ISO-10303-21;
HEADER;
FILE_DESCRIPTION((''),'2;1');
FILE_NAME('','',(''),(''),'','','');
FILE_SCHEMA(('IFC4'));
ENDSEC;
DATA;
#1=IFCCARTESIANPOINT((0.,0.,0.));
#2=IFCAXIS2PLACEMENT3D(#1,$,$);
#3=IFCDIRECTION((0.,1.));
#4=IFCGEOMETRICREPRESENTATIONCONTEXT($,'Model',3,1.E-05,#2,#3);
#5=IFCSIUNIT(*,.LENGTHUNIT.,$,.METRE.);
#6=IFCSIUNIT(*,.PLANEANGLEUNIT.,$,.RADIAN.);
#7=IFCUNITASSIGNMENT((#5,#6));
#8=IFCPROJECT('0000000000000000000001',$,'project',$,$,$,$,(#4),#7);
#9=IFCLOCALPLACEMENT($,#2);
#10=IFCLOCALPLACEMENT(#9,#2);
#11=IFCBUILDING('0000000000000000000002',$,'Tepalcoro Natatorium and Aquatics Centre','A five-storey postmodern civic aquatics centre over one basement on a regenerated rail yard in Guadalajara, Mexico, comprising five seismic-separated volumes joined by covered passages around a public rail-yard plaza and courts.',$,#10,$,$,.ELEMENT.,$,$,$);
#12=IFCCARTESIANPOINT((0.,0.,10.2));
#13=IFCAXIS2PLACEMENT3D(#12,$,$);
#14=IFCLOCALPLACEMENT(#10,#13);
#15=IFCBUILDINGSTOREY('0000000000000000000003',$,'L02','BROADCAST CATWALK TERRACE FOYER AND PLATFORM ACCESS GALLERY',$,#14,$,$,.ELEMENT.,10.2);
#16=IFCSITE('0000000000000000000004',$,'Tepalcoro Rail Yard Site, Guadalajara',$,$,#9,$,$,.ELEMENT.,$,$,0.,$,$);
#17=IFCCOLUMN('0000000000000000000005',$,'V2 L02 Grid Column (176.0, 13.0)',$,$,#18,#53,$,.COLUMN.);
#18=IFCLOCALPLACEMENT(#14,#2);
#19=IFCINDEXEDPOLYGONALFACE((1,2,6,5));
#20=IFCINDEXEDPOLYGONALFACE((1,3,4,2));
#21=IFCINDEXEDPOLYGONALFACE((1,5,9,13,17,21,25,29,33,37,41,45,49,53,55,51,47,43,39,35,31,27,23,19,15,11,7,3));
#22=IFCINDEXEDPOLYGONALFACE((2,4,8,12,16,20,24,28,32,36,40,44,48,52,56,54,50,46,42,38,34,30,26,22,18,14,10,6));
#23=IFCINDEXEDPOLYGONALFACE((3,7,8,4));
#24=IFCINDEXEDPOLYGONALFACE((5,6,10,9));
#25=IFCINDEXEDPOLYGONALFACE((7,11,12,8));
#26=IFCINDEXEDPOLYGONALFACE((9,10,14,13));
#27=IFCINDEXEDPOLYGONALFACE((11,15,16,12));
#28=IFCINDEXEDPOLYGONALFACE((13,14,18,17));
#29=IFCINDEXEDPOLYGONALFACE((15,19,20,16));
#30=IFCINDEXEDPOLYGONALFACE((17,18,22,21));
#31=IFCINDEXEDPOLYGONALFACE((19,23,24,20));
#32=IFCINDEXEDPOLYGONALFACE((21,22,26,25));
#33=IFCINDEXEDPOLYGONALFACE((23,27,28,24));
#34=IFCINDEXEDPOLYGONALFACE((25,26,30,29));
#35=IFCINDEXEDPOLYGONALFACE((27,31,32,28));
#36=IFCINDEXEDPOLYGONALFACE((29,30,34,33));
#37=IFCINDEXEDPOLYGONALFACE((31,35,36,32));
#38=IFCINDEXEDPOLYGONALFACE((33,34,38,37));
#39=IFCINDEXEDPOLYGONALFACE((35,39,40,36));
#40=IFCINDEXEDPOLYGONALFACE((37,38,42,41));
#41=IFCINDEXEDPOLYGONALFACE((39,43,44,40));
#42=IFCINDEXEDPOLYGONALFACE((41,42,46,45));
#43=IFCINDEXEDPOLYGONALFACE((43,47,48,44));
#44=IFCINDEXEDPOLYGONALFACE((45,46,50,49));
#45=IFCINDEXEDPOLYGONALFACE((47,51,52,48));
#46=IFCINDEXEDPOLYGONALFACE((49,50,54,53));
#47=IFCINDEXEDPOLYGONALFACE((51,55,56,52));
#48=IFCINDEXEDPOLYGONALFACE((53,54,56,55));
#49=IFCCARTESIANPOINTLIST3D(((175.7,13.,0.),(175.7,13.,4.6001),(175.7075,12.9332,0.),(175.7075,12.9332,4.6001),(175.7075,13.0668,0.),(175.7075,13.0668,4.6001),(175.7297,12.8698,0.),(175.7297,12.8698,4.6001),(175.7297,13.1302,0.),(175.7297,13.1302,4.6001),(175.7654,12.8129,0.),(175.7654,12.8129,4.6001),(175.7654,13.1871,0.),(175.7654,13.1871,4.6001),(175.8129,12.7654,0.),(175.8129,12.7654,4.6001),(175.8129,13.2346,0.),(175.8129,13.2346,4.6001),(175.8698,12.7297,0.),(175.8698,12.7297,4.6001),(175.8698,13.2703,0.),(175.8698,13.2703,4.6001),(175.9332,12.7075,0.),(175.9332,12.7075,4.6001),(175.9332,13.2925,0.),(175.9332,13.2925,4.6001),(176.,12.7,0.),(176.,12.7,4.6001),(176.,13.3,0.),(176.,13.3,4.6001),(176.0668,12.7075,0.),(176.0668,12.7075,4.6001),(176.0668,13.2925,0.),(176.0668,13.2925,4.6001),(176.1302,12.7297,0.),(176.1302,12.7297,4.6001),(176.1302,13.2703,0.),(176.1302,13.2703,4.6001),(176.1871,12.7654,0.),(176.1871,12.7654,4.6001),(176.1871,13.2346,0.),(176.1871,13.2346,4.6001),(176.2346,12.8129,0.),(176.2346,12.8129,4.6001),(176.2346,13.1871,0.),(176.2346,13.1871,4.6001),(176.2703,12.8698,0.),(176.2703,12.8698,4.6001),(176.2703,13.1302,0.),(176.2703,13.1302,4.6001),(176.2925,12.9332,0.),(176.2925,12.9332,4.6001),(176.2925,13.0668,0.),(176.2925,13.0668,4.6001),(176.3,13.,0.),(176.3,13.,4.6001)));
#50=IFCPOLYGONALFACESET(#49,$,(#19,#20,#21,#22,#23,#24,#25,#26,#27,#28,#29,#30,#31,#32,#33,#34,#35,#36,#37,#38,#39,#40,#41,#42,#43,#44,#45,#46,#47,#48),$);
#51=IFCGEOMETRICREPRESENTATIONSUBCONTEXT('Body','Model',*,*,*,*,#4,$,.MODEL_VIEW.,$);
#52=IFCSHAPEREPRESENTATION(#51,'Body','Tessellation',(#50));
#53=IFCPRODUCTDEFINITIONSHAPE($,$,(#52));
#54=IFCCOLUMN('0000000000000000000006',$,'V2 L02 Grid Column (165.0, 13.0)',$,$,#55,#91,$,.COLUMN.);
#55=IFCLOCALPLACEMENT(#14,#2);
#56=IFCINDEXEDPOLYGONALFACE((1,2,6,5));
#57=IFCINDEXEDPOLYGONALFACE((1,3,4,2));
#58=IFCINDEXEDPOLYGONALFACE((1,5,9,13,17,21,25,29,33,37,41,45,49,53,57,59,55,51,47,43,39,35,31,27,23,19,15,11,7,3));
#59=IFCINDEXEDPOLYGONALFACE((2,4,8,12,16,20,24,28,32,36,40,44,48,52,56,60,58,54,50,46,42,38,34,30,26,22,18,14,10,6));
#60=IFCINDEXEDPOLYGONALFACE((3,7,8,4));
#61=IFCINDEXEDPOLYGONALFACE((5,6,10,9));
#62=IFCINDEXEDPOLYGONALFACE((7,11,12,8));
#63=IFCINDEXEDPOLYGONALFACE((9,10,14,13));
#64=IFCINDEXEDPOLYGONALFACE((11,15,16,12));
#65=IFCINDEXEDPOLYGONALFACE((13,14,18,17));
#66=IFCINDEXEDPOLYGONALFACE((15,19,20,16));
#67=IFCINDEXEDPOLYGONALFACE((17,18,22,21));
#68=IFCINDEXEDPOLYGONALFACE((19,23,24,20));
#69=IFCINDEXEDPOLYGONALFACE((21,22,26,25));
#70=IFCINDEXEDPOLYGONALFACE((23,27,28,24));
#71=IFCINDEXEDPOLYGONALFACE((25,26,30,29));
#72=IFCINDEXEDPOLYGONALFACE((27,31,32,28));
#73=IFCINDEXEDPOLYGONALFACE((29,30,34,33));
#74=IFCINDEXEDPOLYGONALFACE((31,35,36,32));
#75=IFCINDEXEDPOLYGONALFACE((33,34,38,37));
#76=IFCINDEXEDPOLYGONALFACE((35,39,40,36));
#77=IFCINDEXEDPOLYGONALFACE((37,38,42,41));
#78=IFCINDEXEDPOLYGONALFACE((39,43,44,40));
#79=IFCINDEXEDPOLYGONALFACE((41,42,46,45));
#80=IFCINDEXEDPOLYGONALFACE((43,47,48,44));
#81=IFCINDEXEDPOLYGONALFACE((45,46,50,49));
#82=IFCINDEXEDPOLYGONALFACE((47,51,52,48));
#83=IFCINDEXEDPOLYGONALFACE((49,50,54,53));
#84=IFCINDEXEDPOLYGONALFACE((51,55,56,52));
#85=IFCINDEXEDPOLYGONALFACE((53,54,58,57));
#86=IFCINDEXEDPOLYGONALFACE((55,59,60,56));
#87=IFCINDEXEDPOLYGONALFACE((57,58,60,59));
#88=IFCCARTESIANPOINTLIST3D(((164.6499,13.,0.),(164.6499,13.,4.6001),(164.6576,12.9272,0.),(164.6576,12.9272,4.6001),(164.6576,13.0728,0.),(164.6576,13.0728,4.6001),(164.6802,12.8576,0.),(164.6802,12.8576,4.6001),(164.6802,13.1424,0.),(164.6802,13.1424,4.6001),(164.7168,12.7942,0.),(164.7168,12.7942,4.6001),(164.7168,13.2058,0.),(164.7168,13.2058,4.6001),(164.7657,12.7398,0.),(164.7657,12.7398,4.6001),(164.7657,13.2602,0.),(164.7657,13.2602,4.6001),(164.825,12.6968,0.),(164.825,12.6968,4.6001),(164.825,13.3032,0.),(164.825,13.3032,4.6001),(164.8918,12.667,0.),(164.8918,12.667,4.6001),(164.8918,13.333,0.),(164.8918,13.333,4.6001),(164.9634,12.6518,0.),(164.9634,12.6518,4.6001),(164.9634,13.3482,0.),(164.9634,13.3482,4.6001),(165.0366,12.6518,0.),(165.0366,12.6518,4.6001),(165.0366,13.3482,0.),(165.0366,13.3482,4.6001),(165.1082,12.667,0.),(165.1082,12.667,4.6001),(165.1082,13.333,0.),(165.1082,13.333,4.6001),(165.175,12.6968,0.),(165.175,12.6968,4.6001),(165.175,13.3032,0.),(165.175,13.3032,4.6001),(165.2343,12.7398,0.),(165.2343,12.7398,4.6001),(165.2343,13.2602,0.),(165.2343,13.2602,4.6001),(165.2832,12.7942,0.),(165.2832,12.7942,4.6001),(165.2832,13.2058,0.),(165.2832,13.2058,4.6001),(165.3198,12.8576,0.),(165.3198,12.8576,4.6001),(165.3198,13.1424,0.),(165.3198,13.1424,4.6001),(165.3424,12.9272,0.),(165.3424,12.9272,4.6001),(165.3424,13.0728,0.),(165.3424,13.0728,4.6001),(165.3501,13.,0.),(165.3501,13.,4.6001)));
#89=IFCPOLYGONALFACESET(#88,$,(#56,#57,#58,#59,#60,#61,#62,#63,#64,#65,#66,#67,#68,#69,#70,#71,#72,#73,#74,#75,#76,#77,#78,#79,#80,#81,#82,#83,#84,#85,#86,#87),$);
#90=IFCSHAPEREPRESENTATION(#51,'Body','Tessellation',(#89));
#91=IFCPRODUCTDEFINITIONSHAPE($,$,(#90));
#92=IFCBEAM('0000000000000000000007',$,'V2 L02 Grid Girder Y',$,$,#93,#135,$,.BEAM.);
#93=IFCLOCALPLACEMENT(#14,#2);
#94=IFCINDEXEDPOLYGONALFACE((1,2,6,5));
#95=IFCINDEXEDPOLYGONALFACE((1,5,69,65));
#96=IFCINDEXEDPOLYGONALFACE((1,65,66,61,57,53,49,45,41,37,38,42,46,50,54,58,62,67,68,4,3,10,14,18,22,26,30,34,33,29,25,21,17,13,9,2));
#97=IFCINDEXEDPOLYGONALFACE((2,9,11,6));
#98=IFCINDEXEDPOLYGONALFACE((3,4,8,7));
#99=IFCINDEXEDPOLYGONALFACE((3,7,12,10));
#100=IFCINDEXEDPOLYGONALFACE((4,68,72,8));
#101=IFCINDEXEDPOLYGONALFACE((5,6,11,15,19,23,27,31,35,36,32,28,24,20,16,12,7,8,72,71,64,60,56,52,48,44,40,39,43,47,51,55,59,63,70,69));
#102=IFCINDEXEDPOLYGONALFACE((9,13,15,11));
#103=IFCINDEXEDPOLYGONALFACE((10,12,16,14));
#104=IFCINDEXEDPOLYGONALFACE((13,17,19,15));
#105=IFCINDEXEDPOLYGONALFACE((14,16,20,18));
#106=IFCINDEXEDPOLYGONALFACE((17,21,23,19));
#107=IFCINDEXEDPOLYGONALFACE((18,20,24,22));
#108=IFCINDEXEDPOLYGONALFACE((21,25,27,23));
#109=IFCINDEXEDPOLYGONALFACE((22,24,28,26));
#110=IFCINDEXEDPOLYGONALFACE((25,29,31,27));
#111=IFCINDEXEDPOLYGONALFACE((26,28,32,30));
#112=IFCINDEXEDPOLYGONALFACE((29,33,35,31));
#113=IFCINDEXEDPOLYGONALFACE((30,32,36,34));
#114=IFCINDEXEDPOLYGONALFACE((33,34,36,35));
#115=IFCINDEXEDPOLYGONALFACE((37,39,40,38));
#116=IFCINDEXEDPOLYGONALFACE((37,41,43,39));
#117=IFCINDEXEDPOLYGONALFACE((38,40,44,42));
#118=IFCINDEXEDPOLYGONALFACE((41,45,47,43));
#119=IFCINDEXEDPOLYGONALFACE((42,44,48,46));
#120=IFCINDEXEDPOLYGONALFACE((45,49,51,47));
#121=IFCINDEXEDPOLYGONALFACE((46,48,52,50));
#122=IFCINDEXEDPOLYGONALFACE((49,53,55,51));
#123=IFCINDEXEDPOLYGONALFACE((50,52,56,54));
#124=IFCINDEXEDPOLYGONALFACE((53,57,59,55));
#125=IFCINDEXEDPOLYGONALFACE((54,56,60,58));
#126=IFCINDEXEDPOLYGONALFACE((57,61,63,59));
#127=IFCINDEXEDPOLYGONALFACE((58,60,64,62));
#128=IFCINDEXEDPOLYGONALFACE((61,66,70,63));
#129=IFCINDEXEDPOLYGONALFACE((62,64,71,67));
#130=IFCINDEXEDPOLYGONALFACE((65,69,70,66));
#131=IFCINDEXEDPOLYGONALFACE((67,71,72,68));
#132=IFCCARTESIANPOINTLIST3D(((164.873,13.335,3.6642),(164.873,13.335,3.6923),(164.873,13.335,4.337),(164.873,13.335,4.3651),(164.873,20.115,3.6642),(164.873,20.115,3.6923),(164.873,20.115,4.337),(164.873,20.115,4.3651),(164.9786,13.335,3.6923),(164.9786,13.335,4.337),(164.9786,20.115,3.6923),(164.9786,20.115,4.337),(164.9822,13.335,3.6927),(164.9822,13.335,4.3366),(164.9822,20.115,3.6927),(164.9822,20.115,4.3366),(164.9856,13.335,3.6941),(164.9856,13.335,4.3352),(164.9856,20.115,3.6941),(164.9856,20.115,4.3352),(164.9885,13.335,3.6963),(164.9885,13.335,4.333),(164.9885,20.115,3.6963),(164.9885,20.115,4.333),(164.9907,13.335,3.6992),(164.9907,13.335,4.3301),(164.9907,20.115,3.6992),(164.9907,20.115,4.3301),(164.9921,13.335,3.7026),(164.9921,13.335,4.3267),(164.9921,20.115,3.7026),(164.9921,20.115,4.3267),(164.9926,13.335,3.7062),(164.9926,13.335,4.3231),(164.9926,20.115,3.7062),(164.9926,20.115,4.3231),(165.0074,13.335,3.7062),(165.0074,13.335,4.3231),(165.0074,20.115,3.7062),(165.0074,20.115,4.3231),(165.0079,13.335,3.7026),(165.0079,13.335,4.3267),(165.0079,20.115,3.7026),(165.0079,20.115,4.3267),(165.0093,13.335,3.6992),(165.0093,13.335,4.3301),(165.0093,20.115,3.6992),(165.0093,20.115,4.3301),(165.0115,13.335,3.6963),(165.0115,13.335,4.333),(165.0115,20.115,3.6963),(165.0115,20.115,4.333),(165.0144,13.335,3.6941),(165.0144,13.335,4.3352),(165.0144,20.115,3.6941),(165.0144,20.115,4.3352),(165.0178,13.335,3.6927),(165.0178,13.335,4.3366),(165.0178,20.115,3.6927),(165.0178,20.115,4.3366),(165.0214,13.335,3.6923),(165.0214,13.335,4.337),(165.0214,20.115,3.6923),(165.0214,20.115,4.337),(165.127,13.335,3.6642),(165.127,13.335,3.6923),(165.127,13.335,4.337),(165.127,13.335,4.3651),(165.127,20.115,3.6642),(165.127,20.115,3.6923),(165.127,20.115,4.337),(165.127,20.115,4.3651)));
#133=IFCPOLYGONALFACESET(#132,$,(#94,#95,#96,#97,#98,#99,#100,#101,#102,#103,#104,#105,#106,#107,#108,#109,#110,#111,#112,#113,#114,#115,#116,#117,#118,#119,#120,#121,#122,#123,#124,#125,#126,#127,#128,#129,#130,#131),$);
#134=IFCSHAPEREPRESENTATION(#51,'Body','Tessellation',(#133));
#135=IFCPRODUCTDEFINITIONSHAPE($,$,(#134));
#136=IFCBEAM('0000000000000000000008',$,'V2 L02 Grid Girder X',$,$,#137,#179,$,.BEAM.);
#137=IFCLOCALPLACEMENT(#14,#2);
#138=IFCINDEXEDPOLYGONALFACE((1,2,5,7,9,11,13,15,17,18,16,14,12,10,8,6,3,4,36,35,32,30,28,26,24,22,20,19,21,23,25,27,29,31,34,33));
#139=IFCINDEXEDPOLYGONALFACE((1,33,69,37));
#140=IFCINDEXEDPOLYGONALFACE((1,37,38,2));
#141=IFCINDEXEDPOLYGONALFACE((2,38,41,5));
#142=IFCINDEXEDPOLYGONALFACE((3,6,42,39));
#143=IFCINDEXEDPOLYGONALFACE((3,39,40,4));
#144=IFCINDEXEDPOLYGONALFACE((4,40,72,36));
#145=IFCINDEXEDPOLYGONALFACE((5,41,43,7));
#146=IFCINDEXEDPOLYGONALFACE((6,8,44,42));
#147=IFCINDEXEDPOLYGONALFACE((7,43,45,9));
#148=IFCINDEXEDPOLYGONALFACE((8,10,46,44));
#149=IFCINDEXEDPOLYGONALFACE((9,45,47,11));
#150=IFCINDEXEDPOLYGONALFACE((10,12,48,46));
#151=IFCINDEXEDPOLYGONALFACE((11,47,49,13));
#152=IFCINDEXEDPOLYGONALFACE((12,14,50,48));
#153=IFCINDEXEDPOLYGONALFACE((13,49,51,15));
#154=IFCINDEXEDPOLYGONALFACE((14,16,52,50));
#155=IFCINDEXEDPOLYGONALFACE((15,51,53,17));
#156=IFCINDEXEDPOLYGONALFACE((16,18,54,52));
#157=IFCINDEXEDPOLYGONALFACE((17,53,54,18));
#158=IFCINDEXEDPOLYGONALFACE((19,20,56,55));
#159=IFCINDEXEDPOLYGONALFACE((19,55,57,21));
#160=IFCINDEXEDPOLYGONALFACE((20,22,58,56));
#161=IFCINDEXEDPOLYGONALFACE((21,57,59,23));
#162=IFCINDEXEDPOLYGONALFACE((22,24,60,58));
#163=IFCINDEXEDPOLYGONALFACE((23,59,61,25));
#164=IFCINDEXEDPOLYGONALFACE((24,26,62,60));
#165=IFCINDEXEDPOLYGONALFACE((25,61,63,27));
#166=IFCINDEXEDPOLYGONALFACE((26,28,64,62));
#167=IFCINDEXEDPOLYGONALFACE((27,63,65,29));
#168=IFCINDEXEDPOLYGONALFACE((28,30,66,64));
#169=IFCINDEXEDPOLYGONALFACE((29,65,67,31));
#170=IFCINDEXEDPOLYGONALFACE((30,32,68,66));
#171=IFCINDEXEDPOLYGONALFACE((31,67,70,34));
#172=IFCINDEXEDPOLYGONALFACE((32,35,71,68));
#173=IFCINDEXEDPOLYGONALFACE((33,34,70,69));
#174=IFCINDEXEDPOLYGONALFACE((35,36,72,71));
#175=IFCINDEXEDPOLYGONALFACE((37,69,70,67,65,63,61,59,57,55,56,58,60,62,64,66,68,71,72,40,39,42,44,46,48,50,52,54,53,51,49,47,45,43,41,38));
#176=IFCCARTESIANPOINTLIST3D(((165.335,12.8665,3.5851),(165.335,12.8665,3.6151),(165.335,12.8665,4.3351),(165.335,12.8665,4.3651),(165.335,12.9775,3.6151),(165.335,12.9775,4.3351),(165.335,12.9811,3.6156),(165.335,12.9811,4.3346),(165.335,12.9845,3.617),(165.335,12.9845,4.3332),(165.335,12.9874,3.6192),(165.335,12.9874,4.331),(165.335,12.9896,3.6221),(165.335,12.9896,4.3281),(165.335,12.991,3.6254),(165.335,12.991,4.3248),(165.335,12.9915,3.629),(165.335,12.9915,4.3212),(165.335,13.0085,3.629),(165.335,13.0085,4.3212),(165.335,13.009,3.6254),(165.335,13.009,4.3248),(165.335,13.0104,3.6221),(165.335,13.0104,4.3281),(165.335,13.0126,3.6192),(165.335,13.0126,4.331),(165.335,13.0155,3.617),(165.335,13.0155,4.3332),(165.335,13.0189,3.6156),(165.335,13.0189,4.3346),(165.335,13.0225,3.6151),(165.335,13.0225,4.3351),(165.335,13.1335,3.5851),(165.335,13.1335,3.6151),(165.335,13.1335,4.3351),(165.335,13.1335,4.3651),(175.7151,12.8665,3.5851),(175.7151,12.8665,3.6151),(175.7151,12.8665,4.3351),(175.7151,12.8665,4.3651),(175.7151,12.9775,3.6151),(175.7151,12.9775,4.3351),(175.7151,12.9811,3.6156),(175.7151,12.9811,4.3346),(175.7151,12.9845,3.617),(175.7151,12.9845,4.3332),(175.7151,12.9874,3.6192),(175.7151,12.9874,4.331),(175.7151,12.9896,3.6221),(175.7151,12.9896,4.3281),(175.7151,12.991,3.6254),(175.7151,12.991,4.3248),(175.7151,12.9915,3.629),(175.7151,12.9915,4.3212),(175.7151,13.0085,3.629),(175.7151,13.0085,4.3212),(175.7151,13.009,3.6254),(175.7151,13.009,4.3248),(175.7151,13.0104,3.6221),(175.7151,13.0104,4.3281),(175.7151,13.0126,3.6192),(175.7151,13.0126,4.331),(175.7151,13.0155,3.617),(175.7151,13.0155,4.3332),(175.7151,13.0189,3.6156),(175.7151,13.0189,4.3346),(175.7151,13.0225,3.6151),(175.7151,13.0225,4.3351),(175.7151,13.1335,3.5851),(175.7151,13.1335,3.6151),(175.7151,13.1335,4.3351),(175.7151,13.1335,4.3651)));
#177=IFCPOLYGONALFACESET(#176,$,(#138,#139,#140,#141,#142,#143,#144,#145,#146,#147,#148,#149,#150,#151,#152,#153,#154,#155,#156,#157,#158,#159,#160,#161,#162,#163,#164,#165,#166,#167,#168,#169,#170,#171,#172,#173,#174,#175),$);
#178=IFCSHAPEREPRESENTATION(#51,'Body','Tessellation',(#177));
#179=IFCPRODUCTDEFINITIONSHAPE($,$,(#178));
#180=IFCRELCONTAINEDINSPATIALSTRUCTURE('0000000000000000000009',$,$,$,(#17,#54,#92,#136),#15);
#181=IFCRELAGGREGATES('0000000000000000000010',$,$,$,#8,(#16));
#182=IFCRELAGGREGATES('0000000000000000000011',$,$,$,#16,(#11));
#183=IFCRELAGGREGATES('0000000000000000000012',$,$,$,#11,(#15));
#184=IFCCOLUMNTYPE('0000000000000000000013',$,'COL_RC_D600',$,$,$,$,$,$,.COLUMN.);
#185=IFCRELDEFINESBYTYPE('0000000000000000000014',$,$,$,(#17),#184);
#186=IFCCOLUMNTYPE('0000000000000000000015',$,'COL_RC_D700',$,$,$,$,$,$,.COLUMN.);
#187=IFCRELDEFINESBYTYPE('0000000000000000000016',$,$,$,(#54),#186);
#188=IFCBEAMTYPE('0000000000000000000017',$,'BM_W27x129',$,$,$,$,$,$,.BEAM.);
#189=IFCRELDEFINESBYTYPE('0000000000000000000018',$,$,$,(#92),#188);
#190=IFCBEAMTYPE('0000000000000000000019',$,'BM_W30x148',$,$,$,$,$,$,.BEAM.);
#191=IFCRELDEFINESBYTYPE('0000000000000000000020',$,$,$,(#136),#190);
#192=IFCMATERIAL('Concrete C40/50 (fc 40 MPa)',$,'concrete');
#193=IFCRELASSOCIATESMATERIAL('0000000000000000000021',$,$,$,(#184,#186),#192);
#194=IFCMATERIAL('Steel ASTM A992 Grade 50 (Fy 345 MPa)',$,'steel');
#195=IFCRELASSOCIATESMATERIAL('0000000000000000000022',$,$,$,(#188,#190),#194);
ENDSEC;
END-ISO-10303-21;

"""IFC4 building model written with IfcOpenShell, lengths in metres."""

from ifc_helpers import new_model, si_unit, direction, frame, origin, origin_2d, place, context, subcontext, project, spatial, circle, i_section, extrude, material, material_profile, profile_set, type_object, element, save


model = new_model("IFC4")

# Units and contexts
model_context = context("Model", 3, precision=1e-05, world=origin(), true_north=direction((0.0, 1.0)))
body_context = subcontext(model_context, "Body", "Model", "MODEL_VIEW")
ifc_project = project(units=[si_unit("LENGTHUNIT", "METRE"), si_unit("PLANEANGLEUNIT", "RADIAN")], contexts=[model_context])

# Site, building, storey
site_placement = place(None, origin())
site = spatial("IfcSite", under=ifc_project, at=site_placement, Name="Tepalcoro Rail Yard Site, Guadalajara", CompositionType="ELEMENT", RefElevation=0.0)
building_placement = place(site_placement, origin())
building = spatial("IfcBuilding", under=site, at=building_placement, Name="Tepalcoro Natatorium and Aquatics Centre", Description="A five-storey postmodern civic aquatics centre over one basement on a regenerated rail yard in Guadalajara, Mexico, comprising five seismic-separated volumes joined by covered passages around a public rail-yard plaza and courts.", CompositionType="ELEMENT")
storey_placement = place(building_placement, frame((0.0, 0.0, 10.2)))
storey = spatial("IfcBuildingStorey", under=building, at=storey_placement, Name="L02", Description="BROADCAST CATWALK TERRACE FOYER AND PLATFORM ACCESS GALLERY", CompositionType="ELEMENT", Elevation=10.2)

# Columns
ifc_material_1 = material(Name="Concrete C40/50 (fc 40 MPa)", Category="concrete")
ifc_material_profile_1 = material_profile(ifc_material_1, circle(Radius=0.3, at=origin_2d()), Name="RCD600")
ifc_profile_set_1 = profile_set([ifc_material_profile_1], Name="Concrete C40/50 (fc 40 MPa)")
column_type_1 = type_object("IfcColumnType", Name="COL_RC_D600", PredefinedType="COLUMN", material=ifc_profile_set_1)
column_1_placement = place(storey_placement, frame((176.0, 13.0, 0.0), z_axis=(0.0, 0.0, 1.0), x_axis=(1.0, 0.0, 0.0)))
element("IfcColumn", 1, at=column_1_placement, inside=storey, type_object=column_type_1, Name="V2 L02 Grid Column (176.0, 13.0)", PredefinedType="COLUMN", context=body_context, shape_type="SweptSolid", body=[
    extrude(circle(Radius=0.3, at=origin_2d()), origin(), (0.0, 0.0, 1.0), 4.6001),
])
ifc_material_profile_2 = material_profile(ifc_material_1, circle(Radius=0.3501, at=origin_2d()), Name="RCD700")
ifc_profile_set_2 = profile_set([ifc_material_profile_2], Name="Concrete C40/50 (fc 40 MPa)")
column_type_2 = type_object("IfcColumnType", Name="COL_RC_D700", PredefinedType="COLUMN", material=ifc_profile_set_2)
column_2_placement = place(storey_placement, frame((165.0, 13.0, 0.0), z_axis=(0.0, 0.0, 1.0), x_axis=(1.0, 0.0, 0.0)))
element("IfcColumn", 2, at=column_2_placement, inside=storey, type_object=column_type_2, Name="V2 L02 Grid Column (165.0, 13.0)", PredefinedType="COLUMN", context=body_context, shape_type="SweptSolid", body=[
    extrude(circle(Radius=0.3501, at=origin_2d()), origin(), (0.0, 0.0, 1.0), 4.6001),
])

# Beams
ifc_material_2 = material(Name="Steel ASTM A992 Grade 50 (Fy 345 MPa)", Category="steel")
ifc_material_profile_3 = material_profile(ifc_material_2, i_section(OverallWidth=0.2539, OverallDepth=0.7009, WebThickness=0.0149, FlangeThickness=0.0281, FilletRadius=0.0139, at=origin_2d()), Name="W27X129")
ifc_profile_set_3 = profile_set([ifc_material_profile_3], Name="Steel ASTM A992 Grade 50 (Fy 345 MPa)")
beam_type_1 = type_object("IfcBeamType", Name="BM_W27x129", PredefinedType="BEAM", material=ifc_profile_set_3)
beam_1_placement = place(storey_placement, frame((165.0, 13.335, 4.0146), z_axis=(0.0, 1.0, 0.0), x_axis=(-1.0, 0.0, 0.0)))
element("IfcBeam", 3, at=beam_1_placement, inside=storey, type_object=beam_type_1, Name="V2 L02 Grid Girder Y", PredefinedType="BEAM", context=body_context, shape_type="SweptSolid", body=[
    extrude(i_section(OverallWidth=0.2539, OverallDepth=0.7009, WebThickness=0.0149, FlangeThickness=0.0281, FilletRadius=0.0139, at=origin_2d()), origin(), (0.0, 0.0, 1.0), 6.78),
])
ifc_material_profile_4 = material_profile(ifc_material_2, i_section(OverallWidth=0.2671, OverallDepth=0.78, WebThickness=0.0171, FlangeThickness=0.03, FilletRadius=0.0139, at=origin_2d()), Name="W30X148")
ifc_profile_set_4 = profile_set([ifc_material_profile_4], Name="Steel ASTM A992 Grade 50 (Fy 345 MPa)")
beam_type_2 = type_object("IfcBeamType", Name="BM_W30x148", PredefinedType="BEAM", material=ifc_profile_set_4)
beam_2_placement = place(storey_placement, frame((165.335, 13.0, 3.9751), z_axis=(1.0, 0.0, 0.0), x_axis=(0.0, 1.0, 0.0)))
element("IfcBeam", 4, at=beam_2_placement, inside=storey, type_object=beam_type_2, Name="V2 L02 Grid Girder X", PredefinedType="BEAM", context=body_context, shape_type="SweptSolid", body=[
    extrude(i_section(OverallWidth=0.2671, OverallDepth=0.78, WebThickness=0.0171, FlangeThickness=0.03, FilletRadius=0.0139, at=origin_2d()), origin(), (0.0, 0.0, 1.0), 10.3801),
])

save(model, "model.ifc")
